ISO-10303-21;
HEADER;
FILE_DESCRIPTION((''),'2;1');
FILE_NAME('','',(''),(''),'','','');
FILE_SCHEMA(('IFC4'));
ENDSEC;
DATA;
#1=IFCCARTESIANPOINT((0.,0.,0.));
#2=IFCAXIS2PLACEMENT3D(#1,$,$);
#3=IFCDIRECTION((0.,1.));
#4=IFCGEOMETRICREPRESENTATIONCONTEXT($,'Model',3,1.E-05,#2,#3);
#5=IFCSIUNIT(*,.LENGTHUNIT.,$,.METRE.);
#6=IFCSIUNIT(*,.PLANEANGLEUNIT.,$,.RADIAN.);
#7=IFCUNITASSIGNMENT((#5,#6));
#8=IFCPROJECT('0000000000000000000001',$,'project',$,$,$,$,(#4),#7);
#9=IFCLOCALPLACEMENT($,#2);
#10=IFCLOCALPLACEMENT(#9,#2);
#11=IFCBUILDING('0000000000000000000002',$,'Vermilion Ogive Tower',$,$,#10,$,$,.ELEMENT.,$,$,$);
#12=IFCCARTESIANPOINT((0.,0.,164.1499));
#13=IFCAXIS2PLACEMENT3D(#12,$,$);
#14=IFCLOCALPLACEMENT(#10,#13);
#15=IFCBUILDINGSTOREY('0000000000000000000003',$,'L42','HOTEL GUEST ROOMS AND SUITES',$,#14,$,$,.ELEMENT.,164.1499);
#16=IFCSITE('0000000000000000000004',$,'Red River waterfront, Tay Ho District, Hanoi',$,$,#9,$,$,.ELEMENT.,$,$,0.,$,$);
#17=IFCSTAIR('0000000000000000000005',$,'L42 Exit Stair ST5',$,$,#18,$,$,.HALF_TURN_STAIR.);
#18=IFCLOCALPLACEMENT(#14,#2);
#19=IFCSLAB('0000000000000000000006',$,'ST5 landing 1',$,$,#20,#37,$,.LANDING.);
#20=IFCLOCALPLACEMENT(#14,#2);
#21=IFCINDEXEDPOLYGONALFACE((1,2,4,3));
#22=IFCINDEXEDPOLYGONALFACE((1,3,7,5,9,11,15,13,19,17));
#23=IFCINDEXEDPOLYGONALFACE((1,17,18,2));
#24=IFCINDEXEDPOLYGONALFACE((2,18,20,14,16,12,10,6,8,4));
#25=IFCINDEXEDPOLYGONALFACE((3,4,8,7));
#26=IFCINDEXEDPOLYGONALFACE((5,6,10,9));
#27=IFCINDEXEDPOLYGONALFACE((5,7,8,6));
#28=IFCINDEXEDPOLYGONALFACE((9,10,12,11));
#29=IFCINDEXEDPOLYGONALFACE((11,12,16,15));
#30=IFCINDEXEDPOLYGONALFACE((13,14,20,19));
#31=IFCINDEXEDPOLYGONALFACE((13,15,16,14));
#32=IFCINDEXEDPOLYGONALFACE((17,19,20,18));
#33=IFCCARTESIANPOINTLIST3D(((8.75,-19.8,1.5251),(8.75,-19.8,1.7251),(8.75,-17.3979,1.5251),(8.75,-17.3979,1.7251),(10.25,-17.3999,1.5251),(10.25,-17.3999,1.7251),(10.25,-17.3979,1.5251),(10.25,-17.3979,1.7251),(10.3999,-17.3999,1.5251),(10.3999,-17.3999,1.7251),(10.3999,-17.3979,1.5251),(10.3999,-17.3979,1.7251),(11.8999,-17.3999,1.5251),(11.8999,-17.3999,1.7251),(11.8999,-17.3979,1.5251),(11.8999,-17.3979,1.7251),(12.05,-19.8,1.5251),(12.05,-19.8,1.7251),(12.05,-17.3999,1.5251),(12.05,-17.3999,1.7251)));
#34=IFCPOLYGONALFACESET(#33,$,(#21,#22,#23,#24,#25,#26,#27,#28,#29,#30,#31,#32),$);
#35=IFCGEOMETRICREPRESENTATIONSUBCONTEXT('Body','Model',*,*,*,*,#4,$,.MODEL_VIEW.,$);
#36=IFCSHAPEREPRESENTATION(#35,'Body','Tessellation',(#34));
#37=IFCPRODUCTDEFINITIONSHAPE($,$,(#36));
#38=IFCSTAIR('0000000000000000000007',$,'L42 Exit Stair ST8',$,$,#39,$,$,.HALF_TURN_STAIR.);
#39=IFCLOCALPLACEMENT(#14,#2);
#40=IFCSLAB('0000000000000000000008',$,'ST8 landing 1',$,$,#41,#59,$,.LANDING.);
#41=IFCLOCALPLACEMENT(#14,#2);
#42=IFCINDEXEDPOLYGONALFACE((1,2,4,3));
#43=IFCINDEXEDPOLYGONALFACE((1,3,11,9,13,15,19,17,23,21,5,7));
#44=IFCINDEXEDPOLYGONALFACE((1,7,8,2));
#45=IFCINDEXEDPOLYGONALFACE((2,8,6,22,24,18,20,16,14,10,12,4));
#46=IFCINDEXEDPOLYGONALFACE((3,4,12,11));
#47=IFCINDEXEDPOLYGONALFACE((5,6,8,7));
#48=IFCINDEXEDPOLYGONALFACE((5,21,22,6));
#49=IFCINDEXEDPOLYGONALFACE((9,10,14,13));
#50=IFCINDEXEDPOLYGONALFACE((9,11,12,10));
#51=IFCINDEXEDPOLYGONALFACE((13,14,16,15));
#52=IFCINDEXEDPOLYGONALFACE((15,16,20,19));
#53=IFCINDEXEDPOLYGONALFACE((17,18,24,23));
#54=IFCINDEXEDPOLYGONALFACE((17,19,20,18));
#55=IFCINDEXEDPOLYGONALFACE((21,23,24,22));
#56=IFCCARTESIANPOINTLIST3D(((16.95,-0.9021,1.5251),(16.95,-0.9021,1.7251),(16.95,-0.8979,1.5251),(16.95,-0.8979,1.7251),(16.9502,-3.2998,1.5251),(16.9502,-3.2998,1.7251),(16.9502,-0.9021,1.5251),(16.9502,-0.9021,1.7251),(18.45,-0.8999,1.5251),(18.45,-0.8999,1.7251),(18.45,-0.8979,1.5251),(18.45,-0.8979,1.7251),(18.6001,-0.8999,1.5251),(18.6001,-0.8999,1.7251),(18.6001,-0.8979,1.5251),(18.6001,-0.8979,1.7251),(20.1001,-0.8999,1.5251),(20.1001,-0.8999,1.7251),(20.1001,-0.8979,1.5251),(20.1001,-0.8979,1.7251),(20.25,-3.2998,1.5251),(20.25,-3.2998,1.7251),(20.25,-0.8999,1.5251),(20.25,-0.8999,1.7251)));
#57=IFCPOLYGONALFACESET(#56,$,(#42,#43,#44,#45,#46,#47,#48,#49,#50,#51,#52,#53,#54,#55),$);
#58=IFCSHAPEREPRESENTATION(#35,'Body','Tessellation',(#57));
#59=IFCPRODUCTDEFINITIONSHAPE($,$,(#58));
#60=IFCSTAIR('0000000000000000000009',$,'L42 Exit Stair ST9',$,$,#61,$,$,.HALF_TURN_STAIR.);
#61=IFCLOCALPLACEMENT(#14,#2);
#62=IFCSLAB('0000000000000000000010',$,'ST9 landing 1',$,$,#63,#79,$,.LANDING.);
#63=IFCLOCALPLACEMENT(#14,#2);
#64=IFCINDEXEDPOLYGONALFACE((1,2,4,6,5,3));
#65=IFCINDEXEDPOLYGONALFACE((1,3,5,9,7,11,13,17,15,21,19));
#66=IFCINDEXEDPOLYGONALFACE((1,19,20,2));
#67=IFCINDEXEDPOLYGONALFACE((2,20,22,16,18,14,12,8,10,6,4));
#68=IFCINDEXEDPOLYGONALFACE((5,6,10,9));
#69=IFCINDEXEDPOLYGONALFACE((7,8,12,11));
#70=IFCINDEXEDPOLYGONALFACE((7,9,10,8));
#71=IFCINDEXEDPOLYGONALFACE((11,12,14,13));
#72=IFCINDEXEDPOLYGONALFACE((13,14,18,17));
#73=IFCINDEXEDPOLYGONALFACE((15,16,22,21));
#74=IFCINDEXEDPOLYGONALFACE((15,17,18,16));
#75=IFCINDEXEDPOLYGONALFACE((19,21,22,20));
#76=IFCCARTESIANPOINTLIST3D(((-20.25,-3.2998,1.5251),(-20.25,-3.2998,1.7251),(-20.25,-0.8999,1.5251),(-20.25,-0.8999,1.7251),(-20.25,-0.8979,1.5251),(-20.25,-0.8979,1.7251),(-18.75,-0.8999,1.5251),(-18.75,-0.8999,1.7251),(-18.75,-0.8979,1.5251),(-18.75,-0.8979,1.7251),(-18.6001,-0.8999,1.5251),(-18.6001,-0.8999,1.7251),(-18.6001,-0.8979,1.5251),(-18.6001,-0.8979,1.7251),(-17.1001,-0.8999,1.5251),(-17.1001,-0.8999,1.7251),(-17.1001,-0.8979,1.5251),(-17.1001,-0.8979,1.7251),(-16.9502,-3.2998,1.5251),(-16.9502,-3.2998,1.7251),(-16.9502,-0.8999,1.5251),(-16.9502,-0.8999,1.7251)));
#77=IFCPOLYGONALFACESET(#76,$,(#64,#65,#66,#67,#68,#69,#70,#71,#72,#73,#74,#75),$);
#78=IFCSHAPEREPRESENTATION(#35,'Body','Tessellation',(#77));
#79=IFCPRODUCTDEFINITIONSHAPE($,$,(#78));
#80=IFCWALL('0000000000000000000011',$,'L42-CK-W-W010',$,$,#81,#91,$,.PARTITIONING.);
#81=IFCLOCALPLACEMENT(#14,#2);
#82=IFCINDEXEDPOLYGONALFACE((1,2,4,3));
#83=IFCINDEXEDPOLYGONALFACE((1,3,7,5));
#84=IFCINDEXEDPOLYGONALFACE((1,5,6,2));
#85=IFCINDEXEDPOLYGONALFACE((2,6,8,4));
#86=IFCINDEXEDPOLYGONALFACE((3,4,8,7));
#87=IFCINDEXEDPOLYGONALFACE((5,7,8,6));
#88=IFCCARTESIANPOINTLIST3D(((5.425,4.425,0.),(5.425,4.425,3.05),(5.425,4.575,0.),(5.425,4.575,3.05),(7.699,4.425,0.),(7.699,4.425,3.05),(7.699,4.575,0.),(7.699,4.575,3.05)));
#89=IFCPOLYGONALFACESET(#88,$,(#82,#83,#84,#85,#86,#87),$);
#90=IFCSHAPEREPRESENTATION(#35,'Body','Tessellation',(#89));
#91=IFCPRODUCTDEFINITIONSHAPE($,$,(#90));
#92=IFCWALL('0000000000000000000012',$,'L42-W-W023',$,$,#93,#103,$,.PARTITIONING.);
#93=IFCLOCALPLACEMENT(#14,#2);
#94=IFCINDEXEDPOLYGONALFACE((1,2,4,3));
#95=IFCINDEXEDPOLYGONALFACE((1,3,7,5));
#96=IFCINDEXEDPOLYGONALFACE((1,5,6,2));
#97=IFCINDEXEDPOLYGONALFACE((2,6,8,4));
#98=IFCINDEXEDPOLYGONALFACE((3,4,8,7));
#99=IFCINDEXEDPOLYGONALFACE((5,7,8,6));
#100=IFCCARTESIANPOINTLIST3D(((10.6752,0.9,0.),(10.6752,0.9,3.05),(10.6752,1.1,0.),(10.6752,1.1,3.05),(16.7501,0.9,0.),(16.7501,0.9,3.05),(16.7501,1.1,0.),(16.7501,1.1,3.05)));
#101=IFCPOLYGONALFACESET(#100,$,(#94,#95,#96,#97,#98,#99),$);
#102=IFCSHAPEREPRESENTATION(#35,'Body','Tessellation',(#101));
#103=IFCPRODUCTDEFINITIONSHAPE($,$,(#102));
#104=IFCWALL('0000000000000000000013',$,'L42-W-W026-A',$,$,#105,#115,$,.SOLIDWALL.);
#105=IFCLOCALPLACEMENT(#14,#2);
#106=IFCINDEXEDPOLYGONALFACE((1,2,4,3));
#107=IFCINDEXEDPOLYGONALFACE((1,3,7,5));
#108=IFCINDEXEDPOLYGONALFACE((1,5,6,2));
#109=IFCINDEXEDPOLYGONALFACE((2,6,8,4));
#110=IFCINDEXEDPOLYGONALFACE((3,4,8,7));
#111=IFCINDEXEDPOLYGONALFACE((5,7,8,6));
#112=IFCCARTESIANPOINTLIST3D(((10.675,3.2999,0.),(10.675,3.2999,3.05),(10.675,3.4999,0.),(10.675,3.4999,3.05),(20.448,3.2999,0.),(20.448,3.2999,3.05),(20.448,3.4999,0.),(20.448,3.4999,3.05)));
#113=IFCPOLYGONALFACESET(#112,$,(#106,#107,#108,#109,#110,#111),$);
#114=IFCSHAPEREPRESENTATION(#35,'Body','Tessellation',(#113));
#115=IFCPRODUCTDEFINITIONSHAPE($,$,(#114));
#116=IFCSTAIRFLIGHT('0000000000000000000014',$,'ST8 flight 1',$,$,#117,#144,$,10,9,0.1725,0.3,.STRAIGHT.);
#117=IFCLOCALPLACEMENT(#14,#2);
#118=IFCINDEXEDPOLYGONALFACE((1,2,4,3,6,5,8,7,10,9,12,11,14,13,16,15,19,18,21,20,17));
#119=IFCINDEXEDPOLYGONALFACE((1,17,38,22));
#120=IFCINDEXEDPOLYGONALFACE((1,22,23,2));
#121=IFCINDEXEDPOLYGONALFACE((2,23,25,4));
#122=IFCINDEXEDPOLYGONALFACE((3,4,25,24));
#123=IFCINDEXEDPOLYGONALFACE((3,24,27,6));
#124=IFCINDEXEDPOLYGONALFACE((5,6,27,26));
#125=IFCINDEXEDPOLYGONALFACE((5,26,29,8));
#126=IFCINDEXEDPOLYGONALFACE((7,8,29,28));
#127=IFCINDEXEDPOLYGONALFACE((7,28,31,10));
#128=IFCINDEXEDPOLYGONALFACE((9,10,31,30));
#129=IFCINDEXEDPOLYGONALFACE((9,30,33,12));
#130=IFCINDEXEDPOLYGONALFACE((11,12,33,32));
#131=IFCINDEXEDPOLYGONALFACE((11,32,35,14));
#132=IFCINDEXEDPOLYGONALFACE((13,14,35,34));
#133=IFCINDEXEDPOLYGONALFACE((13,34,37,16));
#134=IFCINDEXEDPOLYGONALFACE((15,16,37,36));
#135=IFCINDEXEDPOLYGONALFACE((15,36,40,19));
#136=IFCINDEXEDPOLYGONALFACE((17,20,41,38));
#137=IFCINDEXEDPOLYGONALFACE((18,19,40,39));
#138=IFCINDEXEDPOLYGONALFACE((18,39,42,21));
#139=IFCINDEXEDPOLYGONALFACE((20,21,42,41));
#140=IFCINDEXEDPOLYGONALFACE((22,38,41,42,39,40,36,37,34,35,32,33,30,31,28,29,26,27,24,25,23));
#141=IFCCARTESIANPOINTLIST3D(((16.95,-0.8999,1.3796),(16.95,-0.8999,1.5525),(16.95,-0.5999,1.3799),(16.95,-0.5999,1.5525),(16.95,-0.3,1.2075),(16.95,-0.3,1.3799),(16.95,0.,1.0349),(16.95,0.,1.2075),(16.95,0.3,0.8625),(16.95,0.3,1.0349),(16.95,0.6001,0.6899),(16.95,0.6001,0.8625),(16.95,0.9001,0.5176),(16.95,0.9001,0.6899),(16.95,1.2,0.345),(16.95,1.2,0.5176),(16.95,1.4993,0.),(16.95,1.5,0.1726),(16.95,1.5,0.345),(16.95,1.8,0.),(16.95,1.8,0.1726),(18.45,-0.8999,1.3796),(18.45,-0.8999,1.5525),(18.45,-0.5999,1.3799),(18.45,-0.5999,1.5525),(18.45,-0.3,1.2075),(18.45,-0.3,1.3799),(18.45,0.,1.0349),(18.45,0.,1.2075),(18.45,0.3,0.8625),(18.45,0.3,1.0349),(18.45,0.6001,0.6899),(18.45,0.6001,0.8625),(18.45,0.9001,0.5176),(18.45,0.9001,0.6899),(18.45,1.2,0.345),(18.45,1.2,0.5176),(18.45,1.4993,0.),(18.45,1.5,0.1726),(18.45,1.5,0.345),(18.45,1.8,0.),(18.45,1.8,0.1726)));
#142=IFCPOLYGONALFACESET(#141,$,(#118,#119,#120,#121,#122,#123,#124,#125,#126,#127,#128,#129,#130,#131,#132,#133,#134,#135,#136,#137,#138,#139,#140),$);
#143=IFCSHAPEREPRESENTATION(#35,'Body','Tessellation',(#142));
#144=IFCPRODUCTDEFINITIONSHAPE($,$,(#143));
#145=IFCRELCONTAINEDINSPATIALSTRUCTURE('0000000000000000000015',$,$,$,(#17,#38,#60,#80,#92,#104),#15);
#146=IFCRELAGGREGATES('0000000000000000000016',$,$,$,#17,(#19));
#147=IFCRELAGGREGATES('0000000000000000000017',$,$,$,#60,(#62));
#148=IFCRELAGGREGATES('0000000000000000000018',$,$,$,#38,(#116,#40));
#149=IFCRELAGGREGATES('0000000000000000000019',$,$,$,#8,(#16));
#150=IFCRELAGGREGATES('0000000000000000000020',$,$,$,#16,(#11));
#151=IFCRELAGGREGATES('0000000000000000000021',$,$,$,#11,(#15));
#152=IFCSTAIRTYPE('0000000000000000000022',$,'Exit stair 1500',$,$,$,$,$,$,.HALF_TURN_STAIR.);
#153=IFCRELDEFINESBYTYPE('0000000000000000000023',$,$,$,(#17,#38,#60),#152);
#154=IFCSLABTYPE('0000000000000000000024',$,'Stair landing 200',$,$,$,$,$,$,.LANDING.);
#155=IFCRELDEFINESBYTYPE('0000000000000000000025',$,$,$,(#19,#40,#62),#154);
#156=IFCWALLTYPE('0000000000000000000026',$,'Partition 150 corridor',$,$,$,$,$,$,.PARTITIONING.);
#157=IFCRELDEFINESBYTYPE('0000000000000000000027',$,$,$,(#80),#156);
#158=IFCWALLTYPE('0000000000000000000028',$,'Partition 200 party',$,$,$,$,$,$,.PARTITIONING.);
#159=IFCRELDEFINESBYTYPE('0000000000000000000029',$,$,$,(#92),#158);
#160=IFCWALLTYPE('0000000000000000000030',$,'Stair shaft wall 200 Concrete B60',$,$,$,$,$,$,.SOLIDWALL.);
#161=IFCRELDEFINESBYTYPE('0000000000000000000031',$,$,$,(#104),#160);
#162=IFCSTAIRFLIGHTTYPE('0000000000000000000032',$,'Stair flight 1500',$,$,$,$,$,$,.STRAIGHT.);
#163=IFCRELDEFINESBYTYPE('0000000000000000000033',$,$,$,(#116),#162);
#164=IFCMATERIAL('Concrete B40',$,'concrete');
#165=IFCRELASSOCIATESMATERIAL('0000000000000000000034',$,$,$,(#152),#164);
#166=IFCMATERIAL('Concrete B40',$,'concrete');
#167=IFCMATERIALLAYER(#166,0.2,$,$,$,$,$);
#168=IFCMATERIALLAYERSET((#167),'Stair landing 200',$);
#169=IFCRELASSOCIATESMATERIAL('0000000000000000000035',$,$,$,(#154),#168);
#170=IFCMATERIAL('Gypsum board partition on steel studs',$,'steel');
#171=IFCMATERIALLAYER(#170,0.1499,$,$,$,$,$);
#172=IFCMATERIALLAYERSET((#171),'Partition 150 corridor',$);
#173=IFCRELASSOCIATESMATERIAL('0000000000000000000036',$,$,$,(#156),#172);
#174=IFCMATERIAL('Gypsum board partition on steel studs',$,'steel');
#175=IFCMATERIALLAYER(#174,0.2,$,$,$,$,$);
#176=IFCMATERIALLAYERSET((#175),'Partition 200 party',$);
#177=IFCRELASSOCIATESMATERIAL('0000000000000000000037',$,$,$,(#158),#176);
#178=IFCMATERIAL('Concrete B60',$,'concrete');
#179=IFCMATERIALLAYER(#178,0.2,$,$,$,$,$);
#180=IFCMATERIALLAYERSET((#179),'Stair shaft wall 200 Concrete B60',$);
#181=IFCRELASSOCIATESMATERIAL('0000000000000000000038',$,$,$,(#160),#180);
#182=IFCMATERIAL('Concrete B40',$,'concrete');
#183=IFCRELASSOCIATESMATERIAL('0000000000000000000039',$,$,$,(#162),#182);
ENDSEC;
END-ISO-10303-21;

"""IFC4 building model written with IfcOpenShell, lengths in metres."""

from ifc_helpers import new_model, si_unit, direction, frame, frame_2d, origin, place, context, subcontext, project, spatial, polyline, rectangle, outline, extrude, material, layer, layer_set, type_object, element, aggregate, save


model = new_model("IFC4")

# Units and contexts
model_context = context("Model", 3, precision=1e-05, world=origin(), true_north=direction((0.0, 1.0)))
body_context = subcontext(model_context, "Body", "Model", "MODEL_VIEW")
ifc_project = project(units=[si_unit("LENGTHUNIT", "METRE"), si_unit("PLANEANGLEUNIT", "RADIAN")], contexts=[model_context])

# Site, building, storey
site_placement = place(None, origin())
site = spatial("IfcSite", under=ifc_project, at=site_placement, Name="Red River waterfront, Tay Ho District, Hanoi", CompositionType="ELEMENT", RefElevation=0.0)
building_placement = place(site_placement, origin())
building = spatial("IfcBuilding", under=site, at=building_placement, Name="Vermilion Ogive Tower", CompositionType="ELEMENT")
storey_placement = place(building_placement, frame((0.0, 0.0, 164.1499)))
storey = spatial("IfcBuildingStorey", under=building, at=storey_placement, Name="L42", Description="HOTEL GUEST ROOMS AND SUITES", CompositionType="ELEMENT", Elevation=164.1499)

# Stairs, slabs
ifc_material_1 = material(Name="Concrete B40", Category="concrete")
stair_type = type_object("IfcStairType", Name="Exit stair 1500", PredefinedType="HALF_TURN_STAIR", material=ifc_material_1)
ifc_material_2 = material(Name="Concrete B40", Category="concrete")
ifc_layer_1 = layer(ifc_material_2, 0.2)
ifc_layer_set_1 = layer_set([ifc_layer_1], Name="Stair landing 200")
slab_type_1 = type_object("IfcSlabType", Name="Stair landing 200", PredefinedType="LANDING", material=ifc_layer_set_1)
stair_1_placement = place(storey_placement, origin())
stair_1 = element("IfcStair", 1, at=stair_1_placement, inside=storey, type_object=stair_type, Name="L42 Exit Stair ST5", PredefinedType="HALF_TURN_STAIR")
slab_1_placement = place(storey_placement, frame((0.0, 0.0, 1.5251)))
slab_1 = element("IfcSlab", 2, at=slab_1_placement, type_object=slab_type_1, Name="ST5 landing 1", PredefinedType="LANDING", context=body_context, shape_type="SweptSolid", body=[
    extrude(outline(polyline([(12.05, -17.3999), (11.8999, -17.3999), (11.8999, -17.3979), (10.3999, -17.3979), (10.3999, -17.3999), (10.25, -17.3999), (10.25, -17.3979), (8.75, -17.3979), (8.75, -19.8), (12.05, -19.8), (12.05, -17.3999)])), origin(), (0.0, 0.0, 1.0), 0.2),
])
aggregate(stair_1, [slab_1])
stair_2_placement = place(storey_placement, origin())
stair_2 = element("IfcStair", 3, at=stair_2_placement, inside=storey, type_object=stair_type, Name="L42 Exit Stair ST8", PredefinedType="HALF_TURN_STAIR")
slab_2_placement = place(storey_placement, frame((0.0, 0.0, 1.5251)))
slab_2 = element("IfcSlab", 4, at=slab_2_placement, type_object=slab_type_1, Name="ST8 landing 1", PredefinedType="LANDING", context=body_context, shape_type="SweptSolid", body=[
    extrude(outline(polyline([(20.25, -0.8999), (20.1001, -0.8999), (20.1001, -0.8979), (18.6001, -0.8979), (18.6001, -0.8999), (18.45, -0.8999), (18.45, -0.8979), (16.95, -0.8979), (16.95, -0.9021), (16.9502, -0.9021), (16.9502, -3.2998), (20.25, -3.2998), (20.25, -0.8999)])), origin(), (0.0, 0.0, 1.0), 0.2),
])
stair_3_placement = place(storey_placement, origin())
stair_3 = element("IfcStair", 5, at=stair_3_placement, inside=storey, type_object=stair_type, Name="L42 Exit Stair ST9", PredefinedType="HALF_TURN_STAIR")
slab_3_placement = place(storey_placement, frame((0.0, 0.0, 1.5251)))
slab_3 = element("IfcSlab", 6, at=slab_3_placement, type_object=slab_type_1, Name="ST9 landing 1", PredefinedType="LANDING", context=body_context, shape_type="SweptSolid", body=[
    extrude(outline(polyline([(-16.9502, -0.8999), (-17.1001, -0.8999), (-17.1001, -0.8979), (-18.6001, -0.8979), (-18.6001, -0.8999), (-18.75, -0.8999), (-18.75, -0.8979), (-20.25, -0.8979), (-20.25, -0.8999), (-20.25, -0.8999), (-20.25, -3.2998), (-16.9502, -3.2998), (-16.9502, -0.8999)])), origin(), (0.0, 0.0, 1.0), 0.2),
])
aggregate(stair_3, [slab_3])

# Walls
ifc_material_3 = material(Name="Gypsum board partition on steel studs", Category="steel")
ifc_layer_2 = layer(ifc_material_3, 0.1499)
ifc_layer_set_2 = layer_set([ifc_layer_2], Name="Partition 150 corridor")
wall_type_1 = type_object("IfcWallType", Name="Partition 150 corridor", PredefinedType="PARTITIONING", material=ifc_layer_set_2)
wall_1_placement = place(storey_placement, frame((5.425, 4.5, 0.0), z_axis=(0.0, 0.0, 1.0), x_axis=(1.0, 0.0, 0.0)))
element("IfcWall", 7, at=wall_1_placement, inside=storey, type_object=wall_type_1, Name="L42-CK-W-W010", PredefinedType="PARTITIONING", context=body_context, shape_type="SweptSolid", body=[
    extrude(rectangle(XDim=2.2739, YDim=0.1499, at=frame_2d((1.137, 0.0))), origin(), (0.0, 0.0, 1.0), 3.05),
])
ifc_material_4 = material(Name="Gypsum board partition on steel studs", Category="steel")
ifc_layer_3 = layer(ifc_material_4, 0.2)
ifc_layer_set_3 = layer_set([ifc_layer_3], Name="Partition 200 party")
wall_type_2 = type_object("IfcWallType", Name="Partition 200 party", PredefinedType="PARTITIONING", material=ifc_layer_set_3)
wall_2_placement = place(storey_placement, frame((10.675, 1.0, 0.0), z_axis=(0.0, 0.0, 1.0), x_axis=(1.0, 0.0, 0.0)))
element("IfcWall", 8, at=wall_2_placement, inside=storey, type_object=wall_type_2, Name="L42-W-W023", PredefinedType="PARTITIONING", context=body_context, shape_type="SweptSolid", body=[
    extrude(rectangle(XDim=6.075, YDim=0.2, at=frame_2d((3.0376, 0.0))), origin(), (0.0, 0.0, 1.0), 3.05),
])
ifc_material_5 = material(Name="Concrete B60", Category="concrete")
ifc_layer_4 = layer(ifc_material_5, 0.2)
ifc_layer_set_4 = layer_set([ifc_layer_4], Name="Stair shaft wall 200 Concrete B60")
wall_type_3 = type_object("IfcWallType", Name="Stair shaft wall 200 Concrete B60", PredefinedType="SOLIDWALL", material=ifc_layer_set_4)
wall_3_placement = place(storey_placement, frame((10.675, 3.3999, 0.0), z_axis=(0.0, 0.0, 1.0), x_axis=(1.0, 0.0, 0.0)))
element("IfcWall", 9, at=wall_3_placement, inside=storey, type_object=wall_type_3, Name="L42-W-W026-A", PredefinedType="SOLIDWALL", context=body_context, shape_type="SweptSolid", body=[
    extrude(rectangle(XDim=9.7729, YDim=0.2, at=frame_2d((4.8865, 0.0))), origin(), (0.0, 0.0, 1.0), 3.05),
])

# Stair flight
ifc_material_6 = material(Name="Concrete B40", Category="concrete")
stair_flight_type = type_object("IfcStairFlightType", Name="Stair flight 1500", PredefinedType="STRAIGHT", material=ifc_material_6)
stair_flight_placement = place(storey_placement, frame((17.7, 1.8, 0.0), z_axis=(0.0, 0.0, 1.0), x_axis=(0.0, -1.0, 0.0)))
stair_flight = element("IfcStairFlight", 10, at=stair_flight_placement, type_object=stair_flight_type, Name="ST8 flight 1", NumberOfRisers=10, NumberOfTreads=9, PredefinedType="STRAIGHT", RiserHeight=0.1725, TreadLength=0.3, context=body_context, shape_type="SweptSolid", body=[
    extrude(outline(polyline([(0.0, 0.0), (0.0, 0.1726), (0.3, 0.1726), (0.3, 0.345), (0.6001, 0.345), (0.6001, 0.5176), (0.8999, 0.5176), (0.8999, 0.6899), (1.2, 0.6899), (1.2, 0.8625), (1.5, 0.8625), (1.5, 1.0349), (1.8, 1.0349), (1.8, 1.2075), (2.1001, 1.2075), (2.1001, 1.3799), (2.3999, 1.3799), (2.3999, 1.5525), (2.7, 1.5525), (2.7, 1.7251), (2.7, 1.3796), (0.3008, 0.0), (0.0, 0.0)])), frame((0.0, 0.75, 0.0), z_axis=(0.0, -1.0, 0.0), x_axis=(1.0, 0.0, 0.0)), (0.0, 0.0, 1.0), 1.5),
])
aggregate(stair_2, [stair_flight, slab_2])

save(model, "model.ifc")
